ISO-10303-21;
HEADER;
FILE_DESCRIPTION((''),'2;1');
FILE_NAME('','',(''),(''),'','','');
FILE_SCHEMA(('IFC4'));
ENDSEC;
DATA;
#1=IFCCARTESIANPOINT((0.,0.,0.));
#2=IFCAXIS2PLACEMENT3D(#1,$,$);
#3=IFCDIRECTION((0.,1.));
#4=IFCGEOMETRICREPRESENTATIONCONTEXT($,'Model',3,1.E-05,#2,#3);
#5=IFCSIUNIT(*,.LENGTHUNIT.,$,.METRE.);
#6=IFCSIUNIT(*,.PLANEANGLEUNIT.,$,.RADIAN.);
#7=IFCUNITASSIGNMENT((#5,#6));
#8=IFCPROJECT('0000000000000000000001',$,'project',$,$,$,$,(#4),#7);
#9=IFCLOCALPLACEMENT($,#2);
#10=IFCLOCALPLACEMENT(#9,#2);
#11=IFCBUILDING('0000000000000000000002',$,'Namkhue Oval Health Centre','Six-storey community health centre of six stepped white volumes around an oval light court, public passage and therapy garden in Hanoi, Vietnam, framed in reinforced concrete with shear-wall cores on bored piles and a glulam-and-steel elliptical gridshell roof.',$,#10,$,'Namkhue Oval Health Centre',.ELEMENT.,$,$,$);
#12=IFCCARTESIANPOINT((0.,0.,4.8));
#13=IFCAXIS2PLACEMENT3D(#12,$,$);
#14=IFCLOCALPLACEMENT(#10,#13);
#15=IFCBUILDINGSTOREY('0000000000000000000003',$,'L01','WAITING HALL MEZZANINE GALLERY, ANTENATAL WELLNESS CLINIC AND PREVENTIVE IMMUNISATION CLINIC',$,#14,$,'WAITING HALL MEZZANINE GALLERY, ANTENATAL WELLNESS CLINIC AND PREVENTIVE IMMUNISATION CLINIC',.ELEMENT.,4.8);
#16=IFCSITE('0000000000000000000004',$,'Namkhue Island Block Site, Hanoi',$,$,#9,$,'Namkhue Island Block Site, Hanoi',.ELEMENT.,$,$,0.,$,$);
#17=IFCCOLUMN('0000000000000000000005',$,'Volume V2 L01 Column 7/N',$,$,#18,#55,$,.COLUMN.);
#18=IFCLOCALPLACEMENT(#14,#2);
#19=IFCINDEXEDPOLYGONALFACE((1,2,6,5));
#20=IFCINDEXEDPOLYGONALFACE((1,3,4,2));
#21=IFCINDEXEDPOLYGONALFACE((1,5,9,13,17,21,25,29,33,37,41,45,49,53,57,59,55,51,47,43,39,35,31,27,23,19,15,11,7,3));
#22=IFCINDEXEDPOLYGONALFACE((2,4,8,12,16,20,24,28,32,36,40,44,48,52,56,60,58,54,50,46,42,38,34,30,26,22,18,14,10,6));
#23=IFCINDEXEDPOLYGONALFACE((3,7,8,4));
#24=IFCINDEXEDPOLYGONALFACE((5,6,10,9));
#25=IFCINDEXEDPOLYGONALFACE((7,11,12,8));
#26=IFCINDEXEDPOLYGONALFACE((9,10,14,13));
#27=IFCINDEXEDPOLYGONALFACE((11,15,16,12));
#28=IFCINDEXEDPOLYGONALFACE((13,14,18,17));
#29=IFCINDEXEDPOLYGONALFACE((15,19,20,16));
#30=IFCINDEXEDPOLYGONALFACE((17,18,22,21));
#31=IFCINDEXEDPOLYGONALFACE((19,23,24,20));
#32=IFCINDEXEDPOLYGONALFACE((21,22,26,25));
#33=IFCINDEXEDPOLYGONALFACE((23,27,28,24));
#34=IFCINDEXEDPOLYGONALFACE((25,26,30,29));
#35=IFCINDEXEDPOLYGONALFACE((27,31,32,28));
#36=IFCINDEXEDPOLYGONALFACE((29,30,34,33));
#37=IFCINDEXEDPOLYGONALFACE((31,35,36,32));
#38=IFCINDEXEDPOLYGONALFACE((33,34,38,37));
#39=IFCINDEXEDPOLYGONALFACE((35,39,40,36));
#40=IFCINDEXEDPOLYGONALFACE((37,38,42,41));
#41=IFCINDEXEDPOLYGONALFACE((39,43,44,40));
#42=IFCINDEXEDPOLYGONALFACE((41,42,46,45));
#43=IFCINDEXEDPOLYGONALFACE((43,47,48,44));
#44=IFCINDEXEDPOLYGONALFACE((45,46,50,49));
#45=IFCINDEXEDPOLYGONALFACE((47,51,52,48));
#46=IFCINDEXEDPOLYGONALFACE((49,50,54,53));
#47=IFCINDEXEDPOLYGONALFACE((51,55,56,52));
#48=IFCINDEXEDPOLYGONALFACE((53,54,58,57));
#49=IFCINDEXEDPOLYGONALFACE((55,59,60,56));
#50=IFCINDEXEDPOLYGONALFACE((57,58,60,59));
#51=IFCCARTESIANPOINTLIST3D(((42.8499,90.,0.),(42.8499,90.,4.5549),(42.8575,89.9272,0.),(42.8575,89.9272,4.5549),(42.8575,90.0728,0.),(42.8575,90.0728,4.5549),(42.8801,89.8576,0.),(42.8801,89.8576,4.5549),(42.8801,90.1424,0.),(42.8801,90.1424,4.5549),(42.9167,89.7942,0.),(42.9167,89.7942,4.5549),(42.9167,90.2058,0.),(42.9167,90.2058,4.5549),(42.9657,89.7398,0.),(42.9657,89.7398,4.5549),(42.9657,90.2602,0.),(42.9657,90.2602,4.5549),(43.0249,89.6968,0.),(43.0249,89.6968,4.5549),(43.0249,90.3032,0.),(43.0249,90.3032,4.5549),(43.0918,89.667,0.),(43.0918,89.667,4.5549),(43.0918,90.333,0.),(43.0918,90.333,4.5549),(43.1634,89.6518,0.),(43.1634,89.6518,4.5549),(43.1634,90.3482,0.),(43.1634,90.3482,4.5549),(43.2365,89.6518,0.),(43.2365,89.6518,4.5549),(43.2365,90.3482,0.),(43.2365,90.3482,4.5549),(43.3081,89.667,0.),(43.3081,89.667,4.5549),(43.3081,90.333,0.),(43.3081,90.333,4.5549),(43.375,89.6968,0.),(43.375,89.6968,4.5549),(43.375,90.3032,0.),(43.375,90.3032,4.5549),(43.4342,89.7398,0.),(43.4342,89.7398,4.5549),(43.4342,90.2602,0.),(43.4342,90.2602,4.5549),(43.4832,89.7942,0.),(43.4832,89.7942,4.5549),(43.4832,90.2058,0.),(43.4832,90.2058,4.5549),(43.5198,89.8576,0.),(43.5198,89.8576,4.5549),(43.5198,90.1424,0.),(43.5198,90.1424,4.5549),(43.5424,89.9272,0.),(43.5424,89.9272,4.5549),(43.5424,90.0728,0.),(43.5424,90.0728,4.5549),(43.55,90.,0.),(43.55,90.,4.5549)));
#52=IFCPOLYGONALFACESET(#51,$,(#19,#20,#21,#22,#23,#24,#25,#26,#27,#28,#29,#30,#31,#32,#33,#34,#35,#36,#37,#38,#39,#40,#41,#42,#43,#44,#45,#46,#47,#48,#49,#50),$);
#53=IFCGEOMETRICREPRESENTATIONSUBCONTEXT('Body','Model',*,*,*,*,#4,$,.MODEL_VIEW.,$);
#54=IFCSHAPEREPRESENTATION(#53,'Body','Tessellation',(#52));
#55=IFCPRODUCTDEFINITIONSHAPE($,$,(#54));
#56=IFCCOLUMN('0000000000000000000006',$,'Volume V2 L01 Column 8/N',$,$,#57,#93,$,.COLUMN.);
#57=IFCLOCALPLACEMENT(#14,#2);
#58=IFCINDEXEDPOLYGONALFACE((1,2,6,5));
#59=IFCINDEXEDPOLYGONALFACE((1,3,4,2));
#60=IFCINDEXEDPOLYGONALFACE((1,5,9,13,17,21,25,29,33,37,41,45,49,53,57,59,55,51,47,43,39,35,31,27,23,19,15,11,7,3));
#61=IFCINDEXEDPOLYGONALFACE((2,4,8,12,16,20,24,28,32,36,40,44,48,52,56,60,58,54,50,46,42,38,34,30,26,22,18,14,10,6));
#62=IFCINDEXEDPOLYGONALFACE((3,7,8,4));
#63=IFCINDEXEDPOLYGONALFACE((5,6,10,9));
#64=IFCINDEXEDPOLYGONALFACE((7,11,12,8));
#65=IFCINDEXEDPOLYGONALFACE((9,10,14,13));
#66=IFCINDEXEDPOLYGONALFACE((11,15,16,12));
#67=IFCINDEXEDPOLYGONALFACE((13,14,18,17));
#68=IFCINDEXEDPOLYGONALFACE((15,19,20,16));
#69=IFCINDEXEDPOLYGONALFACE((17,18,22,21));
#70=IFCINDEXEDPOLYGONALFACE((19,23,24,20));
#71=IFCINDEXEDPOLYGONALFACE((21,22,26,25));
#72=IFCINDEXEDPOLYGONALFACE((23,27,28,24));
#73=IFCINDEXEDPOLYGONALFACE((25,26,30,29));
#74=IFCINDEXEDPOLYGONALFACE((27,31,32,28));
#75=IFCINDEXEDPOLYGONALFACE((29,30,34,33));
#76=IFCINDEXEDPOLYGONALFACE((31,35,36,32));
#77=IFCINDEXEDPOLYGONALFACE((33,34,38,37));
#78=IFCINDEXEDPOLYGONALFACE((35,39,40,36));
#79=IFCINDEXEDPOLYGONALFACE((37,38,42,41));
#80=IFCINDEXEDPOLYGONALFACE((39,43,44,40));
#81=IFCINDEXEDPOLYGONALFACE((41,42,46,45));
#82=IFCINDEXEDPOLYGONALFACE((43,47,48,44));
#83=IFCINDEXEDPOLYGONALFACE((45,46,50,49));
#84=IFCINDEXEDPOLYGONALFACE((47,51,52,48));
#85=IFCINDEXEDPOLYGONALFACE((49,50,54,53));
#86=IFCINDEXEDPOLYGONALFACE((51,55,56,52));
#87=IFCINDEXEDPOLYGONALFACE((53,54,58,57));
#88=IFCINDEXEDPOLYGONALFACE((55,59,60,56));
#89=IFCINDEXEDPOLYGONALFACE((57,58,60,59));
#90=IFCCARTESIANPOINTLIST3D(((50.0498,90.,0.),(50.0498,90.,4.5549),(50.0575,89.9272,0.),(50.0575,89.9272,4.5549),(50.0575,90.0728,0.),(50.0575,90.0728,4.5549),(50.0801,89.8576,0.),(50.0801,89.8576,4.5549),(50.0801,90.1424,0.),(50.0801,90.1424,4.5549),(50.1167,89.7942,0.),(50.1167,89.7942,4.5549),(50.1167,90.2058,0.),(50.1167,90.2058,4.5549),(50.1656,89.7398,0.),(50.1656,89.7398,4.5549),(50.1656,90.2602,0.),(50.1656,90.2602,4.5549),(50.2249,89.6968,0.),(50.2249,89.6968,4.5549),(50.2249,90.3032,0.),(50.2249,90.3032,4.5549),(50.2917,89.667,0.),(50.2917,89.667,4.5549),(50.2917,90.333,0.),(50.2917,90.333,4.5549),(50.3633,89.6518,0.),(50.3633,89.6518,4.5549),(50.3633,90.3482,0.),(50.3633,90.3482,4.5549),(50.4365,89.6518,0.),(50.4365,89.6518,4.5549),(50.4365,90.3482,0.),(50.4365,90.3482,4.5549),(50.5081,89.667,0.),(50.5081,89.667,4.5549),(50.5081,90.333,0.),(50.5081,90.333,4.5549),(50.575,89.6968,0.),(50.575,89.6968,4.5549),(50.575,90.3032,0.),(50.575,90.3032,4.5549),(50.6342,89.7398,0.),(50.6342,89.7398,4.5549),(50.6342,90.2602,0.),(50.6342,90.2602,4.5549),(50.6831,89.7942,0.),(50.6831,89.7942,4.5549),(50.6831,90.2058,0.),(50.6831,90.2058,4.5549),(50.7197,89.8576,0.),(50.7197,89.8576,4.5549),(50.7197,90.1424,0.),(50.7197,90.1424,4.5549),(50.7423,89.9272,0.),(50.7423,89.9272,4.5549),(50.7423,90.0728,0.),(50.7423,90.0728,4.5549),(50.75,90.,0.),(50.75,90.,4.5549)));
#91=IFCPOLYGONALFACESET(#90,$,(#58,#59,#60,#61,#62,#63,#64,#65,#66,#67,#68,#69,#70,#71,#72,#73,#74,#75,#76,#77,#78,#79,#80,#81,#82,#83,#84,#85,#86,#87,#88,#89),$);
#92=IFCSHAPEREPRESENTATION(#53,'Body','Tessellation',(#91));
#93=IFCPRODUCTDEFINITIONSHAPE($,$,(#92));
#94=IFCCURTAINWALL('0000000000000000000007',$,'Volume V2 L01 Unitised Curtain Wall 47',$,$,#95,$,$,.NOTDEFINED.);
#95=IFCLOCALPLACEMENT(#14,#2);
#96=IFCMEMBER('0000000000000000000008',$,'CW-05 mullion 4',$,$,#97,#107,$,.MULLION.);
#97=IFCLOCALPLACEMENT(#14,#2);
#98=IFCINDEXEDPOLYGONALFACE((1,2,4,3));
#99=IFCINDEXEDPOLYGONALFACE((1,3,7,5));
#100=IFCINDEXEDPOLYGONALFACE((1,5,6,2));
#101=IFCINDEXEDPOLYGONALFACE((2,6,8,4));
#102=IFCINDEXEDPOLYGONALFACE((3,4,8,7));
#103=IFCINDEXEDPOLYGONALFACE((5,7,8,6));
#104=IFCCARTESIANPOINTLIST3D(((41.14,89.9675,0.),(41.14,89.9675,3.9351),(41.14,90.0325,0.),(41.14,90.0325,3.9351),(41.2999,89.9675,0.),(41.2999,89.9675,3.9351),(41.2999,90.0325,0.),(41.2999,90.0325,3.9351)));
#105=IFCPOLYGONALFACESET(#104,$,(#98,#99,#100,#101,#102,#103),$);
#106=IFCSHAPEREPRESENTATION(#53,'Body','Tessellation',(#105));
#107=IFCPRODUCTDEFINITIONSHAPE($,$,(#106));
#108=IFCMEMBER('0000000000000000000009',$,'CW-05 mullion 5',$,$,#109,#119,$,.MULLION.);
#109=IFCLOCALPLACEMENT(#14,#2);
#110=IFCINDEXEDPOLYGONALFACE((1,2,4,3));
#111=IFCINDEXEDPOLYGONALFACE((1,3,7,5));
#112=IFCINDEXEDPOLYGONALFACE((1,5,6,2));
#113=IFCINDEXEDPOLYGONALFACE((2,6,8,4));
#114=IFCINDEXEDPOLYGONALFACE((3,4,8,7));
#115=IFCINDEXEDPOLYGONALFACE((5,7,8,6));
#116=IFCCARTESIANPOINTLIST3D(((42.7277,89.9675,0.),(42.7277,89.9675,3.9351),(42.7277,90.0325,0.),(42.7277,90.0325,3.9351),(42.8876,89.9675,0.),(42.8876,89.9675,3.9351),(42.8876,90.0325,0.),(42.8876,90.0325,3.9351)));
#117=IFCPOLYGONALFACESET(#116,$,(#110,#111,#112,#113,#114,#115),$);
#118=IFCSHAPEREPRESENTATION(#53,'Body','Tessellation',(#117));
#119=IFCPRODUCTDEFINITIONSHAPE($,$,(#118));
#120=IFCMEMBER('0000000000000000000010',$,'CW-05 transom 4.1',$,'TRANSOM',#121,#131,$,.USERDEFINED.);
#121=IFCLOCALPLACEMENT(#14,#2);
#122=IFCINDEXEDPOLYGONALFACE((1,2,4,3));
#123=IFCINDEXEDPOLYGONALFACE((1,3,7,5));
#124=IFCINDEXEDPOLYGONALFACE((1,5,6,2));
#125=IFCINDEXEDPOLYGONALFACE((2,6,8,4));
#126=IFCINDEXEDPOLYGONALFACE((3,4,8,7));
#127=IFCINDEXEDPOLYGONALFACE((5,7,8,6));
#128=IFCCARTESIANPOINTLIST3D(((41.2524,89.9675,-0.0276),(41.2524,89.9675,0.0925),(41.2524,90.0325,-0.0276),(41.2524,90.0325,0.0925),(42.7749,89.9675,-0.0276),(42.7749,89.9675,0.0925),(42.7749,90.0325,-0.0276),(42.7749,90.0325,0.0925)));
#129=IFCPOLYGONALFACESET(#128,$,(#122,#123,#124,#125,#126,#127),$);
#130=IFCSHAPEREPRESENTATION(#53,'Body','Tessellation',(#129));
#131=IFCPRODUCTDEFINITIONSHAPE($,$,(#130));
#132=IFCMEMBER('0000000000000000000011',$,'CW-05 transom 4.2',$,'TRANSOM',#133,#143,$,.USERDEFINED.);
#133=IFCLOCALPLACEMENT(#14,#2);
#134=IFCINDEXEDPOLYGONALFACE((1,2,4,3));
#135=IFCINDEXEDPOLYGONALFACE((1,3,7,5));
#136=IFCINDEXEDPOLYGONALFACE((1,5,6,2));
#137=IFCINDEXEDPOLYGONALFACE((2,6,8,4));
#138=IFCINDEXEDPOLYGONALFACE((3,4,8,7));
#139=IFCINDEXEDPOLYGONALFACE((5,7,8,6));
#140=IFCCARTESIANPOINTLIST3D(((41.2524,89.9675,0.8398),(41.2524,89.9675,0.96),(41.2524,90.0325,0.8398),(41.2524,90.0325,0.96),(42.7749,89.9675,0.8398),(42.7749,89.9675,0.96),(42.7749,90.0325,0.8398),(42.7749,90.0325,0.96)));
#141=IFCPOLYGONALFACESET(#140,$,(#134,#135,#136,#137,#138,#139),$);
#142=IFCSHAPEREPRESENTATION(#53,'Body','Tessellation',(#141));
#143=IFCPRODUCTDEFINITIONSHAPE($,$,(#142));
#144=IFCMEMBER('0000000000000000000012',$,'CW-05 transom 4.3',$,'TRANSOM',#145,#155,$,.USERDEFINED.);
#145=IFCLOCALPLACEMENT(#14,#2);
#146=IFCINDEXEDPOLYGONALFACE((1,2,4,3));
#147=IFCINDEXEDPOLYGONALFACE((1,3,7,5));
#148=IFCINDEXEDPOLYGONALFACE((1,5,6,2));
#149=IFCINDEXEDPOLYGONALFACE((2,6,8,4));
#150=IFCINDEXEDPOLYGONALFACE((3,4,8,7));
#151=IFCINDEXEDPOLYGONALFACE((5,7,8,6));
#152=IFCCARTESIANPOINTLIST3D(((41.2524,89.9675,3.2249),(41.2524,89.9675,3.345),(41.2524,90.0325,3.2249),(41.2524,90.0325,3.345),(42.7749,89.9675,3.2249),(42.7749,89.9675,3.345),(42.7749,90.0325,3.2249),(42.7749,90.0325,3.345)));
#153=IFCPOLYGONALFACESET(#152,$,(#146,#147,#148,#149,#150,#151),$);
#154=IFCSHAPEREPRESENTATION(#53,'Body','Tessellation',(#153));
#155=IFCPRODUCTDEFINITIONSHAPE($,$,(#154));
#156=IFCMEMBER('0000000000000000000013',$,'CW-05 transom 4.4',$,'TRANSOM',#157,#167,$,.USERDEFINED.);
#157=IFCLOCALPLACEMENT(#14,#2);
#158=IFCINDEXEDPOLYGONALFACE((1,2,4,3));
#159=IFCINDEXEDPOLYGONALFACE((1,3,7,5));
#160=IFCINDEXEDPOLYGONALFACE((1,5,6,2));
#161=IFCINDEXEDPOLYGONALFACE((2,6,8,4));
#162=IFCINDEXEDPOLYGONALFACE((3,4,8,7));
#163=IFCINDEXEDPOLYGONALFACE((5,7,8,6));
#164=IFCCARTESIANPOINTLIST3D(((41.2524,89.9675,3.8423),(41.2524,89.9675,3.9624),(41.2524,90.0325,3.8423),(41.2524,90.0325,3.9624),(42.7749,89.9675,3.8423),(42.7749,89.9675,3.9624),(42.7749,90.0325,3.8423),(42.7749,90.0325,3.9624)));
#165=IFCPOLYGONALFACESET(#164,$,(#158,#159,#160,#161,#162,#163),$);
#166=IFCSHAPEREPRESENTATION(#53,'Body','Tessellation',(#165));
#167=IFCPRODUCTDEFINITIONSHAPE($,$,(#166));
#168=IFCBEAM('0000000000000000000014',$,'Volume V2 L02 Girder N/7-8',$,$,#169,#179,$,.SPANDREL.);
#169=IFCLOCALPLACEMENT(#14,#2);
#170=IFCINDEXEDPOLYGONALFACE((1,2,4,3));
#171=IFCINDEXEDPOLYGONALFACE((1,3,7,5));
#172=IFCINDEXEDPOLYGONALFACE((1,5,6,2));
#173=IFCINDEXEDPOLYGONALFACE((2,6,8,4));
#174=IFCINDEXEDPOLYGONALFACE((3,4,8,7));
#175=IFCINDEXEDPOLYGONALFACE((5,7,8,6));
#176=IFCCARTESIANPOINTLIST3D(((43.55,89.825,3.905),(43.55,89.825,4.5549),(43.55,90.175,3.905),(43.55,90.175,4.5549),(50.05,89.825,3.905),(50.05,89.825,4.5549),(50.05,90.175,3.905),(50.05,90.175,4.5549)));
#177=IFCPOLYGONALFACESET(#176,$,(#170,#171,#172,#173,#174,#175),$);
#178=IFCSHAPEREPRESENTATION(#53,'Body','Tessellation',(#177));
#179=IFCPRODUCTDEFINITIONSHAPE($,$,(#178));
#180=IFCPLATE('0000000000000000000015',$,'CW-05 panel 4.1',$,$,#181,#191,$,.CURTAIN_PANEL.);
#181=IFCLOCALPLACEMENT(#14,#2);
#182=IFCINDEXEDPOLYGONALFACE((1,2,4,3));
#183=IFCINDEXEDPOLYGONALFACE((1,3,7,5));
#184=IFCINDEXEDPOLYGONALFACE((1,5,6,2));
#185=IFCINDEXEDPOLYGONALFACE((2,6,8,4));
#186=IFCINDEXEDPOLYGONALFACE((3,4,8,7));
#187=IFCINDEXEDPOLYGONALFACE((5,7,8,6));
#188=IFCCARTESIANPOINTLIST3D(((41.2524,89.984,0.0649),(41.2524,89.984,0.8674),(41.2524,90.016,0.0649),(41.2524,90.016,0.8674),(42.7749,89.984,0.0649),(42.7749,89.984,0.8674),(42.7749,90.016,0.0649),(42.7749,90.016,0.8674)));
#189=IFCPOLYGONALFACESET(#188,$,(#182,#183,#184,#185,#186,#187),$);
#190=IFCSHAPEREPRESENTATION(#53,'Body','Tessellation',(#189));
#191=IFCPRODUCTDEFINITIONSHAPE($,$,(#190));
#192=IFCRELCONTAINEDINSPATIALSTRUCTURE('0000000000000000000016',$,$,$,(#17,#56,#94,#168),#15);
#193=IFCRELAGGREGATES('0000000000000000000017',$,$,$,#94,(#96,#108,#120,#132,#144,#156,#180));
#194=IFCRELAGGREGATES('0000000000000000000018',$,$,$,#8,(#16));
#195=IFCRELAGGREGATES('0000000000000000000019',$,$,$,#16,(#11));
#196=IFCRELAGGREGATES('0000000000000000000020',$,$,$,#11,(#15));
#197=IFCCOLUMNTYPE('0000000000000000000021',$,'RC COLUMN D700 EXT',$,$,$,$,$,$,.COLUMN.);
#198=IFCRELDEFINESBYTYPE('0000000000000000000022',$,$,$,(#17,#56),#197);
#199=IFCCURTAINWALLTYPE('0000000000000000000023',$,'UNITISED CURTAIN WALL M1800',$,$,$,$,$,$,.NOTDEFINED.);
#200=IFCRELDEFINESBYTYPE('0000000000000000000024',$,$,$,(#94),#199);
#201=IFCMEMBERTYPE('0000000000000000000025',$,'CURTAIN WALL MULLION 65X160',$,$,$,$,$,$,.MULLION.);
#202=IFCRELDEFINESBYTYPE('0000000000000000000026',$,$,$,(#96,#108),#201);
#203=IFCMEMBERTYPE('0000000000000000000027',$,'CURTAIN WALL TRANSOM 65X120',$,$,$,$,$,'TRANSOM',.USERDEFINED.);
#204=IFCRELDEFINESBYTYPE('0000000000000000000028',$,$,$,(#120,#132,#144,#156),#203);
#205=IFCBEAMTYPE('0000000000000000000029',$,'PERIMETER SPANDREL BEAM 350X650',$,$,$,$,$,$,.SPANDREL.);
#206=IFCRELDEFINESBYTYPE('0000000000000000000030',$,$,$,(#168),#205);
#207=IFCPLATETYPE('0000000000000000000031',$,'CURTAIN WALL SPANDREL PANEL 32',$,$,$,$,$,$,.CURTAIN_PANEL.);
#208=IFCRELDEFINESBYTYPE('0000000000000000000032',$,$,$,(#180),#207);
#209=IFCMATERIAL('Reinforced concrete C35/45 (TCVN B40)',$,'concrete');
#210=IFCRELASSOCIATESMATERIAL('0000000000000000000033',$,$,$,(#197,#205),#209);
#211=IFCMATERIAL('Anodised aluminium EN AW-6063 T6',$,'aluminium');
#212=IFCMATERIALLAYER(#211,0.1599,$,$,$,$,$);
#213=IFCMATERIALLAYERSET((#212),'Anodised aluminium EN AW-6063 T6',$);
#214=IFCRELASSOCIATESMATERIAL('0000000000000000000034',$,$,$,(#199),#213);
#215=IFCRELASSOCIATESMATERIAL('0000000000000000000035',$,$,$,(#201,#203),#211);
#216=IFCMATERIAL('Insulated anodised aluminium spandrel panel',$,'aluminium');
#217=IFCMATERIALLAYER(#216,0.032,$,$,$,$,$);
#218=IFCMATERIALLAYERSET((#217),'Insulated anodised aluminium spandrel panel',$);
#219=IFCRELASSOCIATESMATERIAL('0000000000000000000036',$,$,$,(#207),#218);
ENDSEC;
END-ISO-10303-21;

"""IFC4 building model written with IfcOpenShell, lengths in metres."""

from ifc_helpers import new_model, si_unit, direction, frame, origin, origin_2d, place, context, subcontext, project, spatial, rectangle, circle, extrude, material, layer, layer_set, material_profile, profile_set, type_object, element, aggregate, save


model = new_model("IFC4")

# Units and contexts
model_context = context("Model", 3, precision=1e-05, world=origin(), true_north=direction((0.0, 1.0)))
body_context = subcontext(model_context, "Body", "Model", "MODEL_VIEW")
ifc_project = project(units=[si_unit("LENGTHUNIT", "METRE"), si_unit("PLANEANGLEUNIT", "RADIAN")], contexts=[model_context])

# Site, building, storey
site_placement = place(None, origin())
site = spatial("IfcSite", under=ifc_project, at=site_placement, Name="Namkhue Island Block Site, Hanoi", LongName="Namkhue Island Block Site, Hanoi", CompositionType="ELEMENT", RefElevation=0.0)
building_placement = place(site_placement, origin())
building = spatial("IfcBuilding", under=site, at=building_placement, Name="Namkhue Oval Health Centre", Description="Six-storey community health centre of six stepped white volumes around an oval light court, public passage and therapy garden in Hanoi, Vietnam, framed in reinforced concrete with shear-wall cores on bored piles and a glulam-and-steel elliptical gridshell roof.", LongName="Namkhue Oval Health Centre", CompositionType="ELEMENT")
storey_placement = place(building_placement, frame((0.0, 0.0, 4.8)))
storey = spatial("IfcBuildingStorey", under=building, at=storey_placement, Name="L01", Description="WAITING HALL MEZZANINE GALLERY, ANTENATAL WELLNESS CLINIC AND PREVENTIVE IMMUNISATION CLINIC", LongName="WAITING HALL MEZZANINE GALLERY, ANTENATAL WELLNESS CLINIC AND PREVENTIVE IMMUNISATION CLINIC", CompositionType="ELEMENT", Elevation=4.8)

# Columns
ifc_material_1 = material(Name="Reinforced concrete C35/45 (TCVN B40)", Category="concrete")
ifc_material_profile_1 = material_profile(ifc_material_1, circle(Radius=0.3501, at=origin_2d()), Name="RC D700")
ifc_profile_set_1 = profile_set([ifc_material_profile_1], Name="Reinforced concrete C35/45 (TCVN B40)")
column_type = type_object("IfcColumnType", Name="RC COLUMN D700 EXT", PredefinedType="COLUMN", material=ifc_profile_set_1)
for number, where, z_axis, x_axis, name in (
    (1, (43.2, 90.0, 0.0), (0.0, 0.0, 1.0), (1.0, 0.0, 0.0), "Volume V2 L01 Column 7/N"),
    (2, (50.3999, 90.0, 0.0), (0.0, 0.0, 1.0), (1.0, 0.0, 0.0), "Volume V2 L01 Column 8/N"),
):
    element("IfcColumn", number, at=place(storey_placement, frame(where, z_axis=z_axis, x_axis=x_axis)), inside=storey, type_object=column_type, Name=name, PredefinedType="COLUMN", context=body_context, shape_type="SweptSolid", body=[
        extrude(circle(Radius=0.3501, at=origin_2d()), origin(), (0.0, 0.0, 1.0), 4.5549),
    ])

# Curtain wall, members
ifc_material_2 = material(Name="Anodised aluminium EN AW-6063 T6", Category="aluminium")
ifc_layer_1 = layer(ifc_material_2, 0.1599)
ifc_layer_set_1 = layer_set([ifc_layer_1], Name="Anodised aluminium EN AW-6063 T6")
curtain_wall_type = type_object("IfcCurtainWallType", Name="UNITISED CURTAIN WALL M1800", PredefinedType="NOTDEFINED", material=ifc_layer_set_1)
curtain_wall_placement = place(storey_placement, origin())
curtain_wall = element("IfcCurtainWall", 3, at=curtain_wall_placement, inside=storey, type_object=curtain_wall_type, Name="Volume V2 L01 Unitised Curtain Wall 47", PredefinedType="NOTDEFINED")
ifc_material_profile_2 = material_profile(ifc_material_2, rectangle(XDim=0.0649, YDim=0.1599, at=origin_2d()), Name="ALU 65x160")
ifc_profile_set_2 = profile_set([ifc_material_profile_2], Name="Anodised aluminium EN AW-6063 T6")
member_type_1 = type_object("IfcMemberType", Name="CURTAIN WALL MULLION 65X160", PredefinedType="MULLION", material=ifc_profile_set_2)
member_1_placement = place(storey_placement, frame((41.22, 90.0, 0.0), z_axis=(0.0, 0.0, 1.0), x_axis=(0.0, 1.0, 0.0)))
member_1 = element("IfcMember", 4, at=member_1_placement, type_object=member_type_1, Name="CW-05 mullion 4", PredefinedType="MULLION", context=body_context, shape_type="SweptSolid", body=[
    extrude(rectangle(XDim=0.0649, YDim=0.1599, at=origin_2d()), origin(), (0.0, 0.0, 1.0), 3.9351),
])
member_2_placement = place(storey_placement, frame((42.8076, 90.0, 0.0), z_axis=(0.0, 0.0, 1.0), x_axis=(0.0, 1.0, 0.0)))
member_2 = element("IfcMember", 5, at=member_2_placement, type_object=member_type_1, Name="CW-05 mullion 5", PredefinedType="MULLION", context=body_context, shape_type="SweptSolid", body=[
    extrude(rectangle(XDim=0.0649, YDim=0.1599, at=origin_2d()), origin(), (0.0, 0.0, 1.0), 3.9351),
])
ifc_material_profile_3 = material_profile(ifc_material_2, rectangle(XDim=0.0649, YDim=0.1201, at=origin_2d()), Name="ALU 65x120")
ifc_profile_set_3 = profile_set([ifc_material_profile_3], Name="Anodised aluminium EN AW-6063 T6")
member_type_2 = type_object("IfcMemberType", Name="CURTAIN WALL TRANSOM 65X120", ElementType="TRANSOM", PredefinedType="USERDEFINED", material=ifc_profile_set_3)
member_3_placement = place(storey_placement, frame((41.2524, 90.0, 0.0325), z_axis=(1.0, 0.0, 0.0), x_axis=(0.0, 1.0, 0.0)))
member_3 = element("IfcMember", 6, at=member_3_placement, type_object=member_type_2, Name="CW-05 transom 4.1", ObjectType="TRANSOM", PredefinedType="USERDEFINED", context=body_context, shape_type="SweptSolid", body=[
    extrude(rectangle(XDim=0.0649, YDim=0.1201, at=origin_2d()), origin(), (0.0, 0.0, 1.0), 1.5225),
])
member_4_placement = place(storey_placement, frame((41.2524, 90.0, 0.8999), z_axis=(1.0, 0.0, 0.0), x_axis=(0.0, 1.0, 0.0)))
member_4 = element("IfcMember", 7, at=member_4_placement, type_object=member_type_2, Name="CW-05 transom 4.2", ObjectType="TRANSOM", PredefinedType="USERDEFINED", context=body_context, shape_type="SweptSolid", body=[
    extrude(rectangle(XDim=0.0649, YDim=0.1201, at=origin_2d()), origin(), (0.0, 0.0, 1.0), 1.5225),
])
member_5_placement = place(storey_placement, frame((41.2524, 90.0, 3.2849), z_axis=(1.0, 0.0, 0.0), x_axis=(0.0, 1.0, 0.0)))
member_5 = element("IfcMember", 8, at=member_5_placement, type_object=member_type_2, Name="CW-05 transom 4.3", ObjectType="TRANSOM", PredefinedType="USERDEFINED", context=body_context, shape_type="SweptSolid", body=[
    extrude(rectangle(XDim=0.0649, YDim=0.1201, at=origin_2d()), origin(), (0.0, 0.0, 1.0), 1.5225),
])
member_6_placement = place(storey_placement, frame((41.2524, 90.0, 3.9023), z_axis=(1.0, 0.0, 0.0), x_axis=(0.0, 1.0, 0.0)))
member_6 = element("IfcMember", 9, at=member_6_placement, type_object=member_type_2, Name="CW-05 transom 4.4", ObjectType="TRANSOM", PredefinedType="USERDEFINED", context=body_context, shape_type="SweptSolid", body=[
    extrude(rectangle(XDim=0.0649, YDim=0.1201, at=origin_2d()), origin(), (0.0, 0.0, 1.0), 1.5225),
])

# Beam
ifc_material_profile_4 = material_profile(ifc_material_1, rectangle(XDim=0.3501, YDim=0.6499, at=origin_2d()), Name="RC 350x650")
ifc_profile_set_4 = profile_set([ifc_material_profile_4], Name="Reinforced concrete C35/45 (TCVN B40)")
beam_type = type_object("IfcBeamType", Name="PERIMETER SPANDREL BEAM 350X650", PredefinedType="SPANDREL", material=ifc_profile_set_4)
beam_placement = place(storey_placement, frame((43.55, 90.0, 4.23), z_axis=(1.0, 0.0, 0.0), x_axis=(0.0, 1.0, 0.0)))
element("IfcBeam", 10, at=beam_placement, inside=storey, type_object=beam_type, Name="Volume V2 L02 Girder N/7-8", PredefinedType="SPANDREL", context=body_context, shape_type="SweptSolid", body=[
    extrude(rectangle(XDim=0.3501, YDim=0.6499, at=origin_2d()), origin(), (0.0, 0.0, 1.0), 6.5),
])

# Plate
ifc_material_3 = material(Name="Insulated anodised aluminium spandrel panel", Category="aluminium")
ifc_layer_2 = layer(ifc_material_3, 0.032)
ifc_layer_set_2 = layer_set([ifc_layer_2], Name="Insulated anodised aluminium spandrel panel")
plate_type = type_object("IfcPlateType", Name="CURTAIN WALL SPANDREL PANEL 32", PredefinedType="CURTAIN_PANEL", material=ifc_layer_set_2)
plate_1_placement = place(storey_placement, frame((42.0137, 90.0, 0.0649), z_axis=(0.0, 0.0, 1.0), x_axis=(1.0, 0.0, 0.0)))
plate_1 = element("IfcPlate", 11, at=plate_1_placement, type_object=plate_type, Name="CW-05 panel 4.1", PredefinedType="CURTAIN_PANEL", context=body_context, shape_type="SweptSolid", body=[
    extrude(rectangle(XDim=1.5225, YDim=0.032, at=origin_2d()), origin(), (0.0, 0.0, 1.0), 0.8025),
])
aggregate(curtain_wall, [member_1, member_2, member_3, member_4, member_5, member_6, plate_1])

save(model, "model.ifc")
